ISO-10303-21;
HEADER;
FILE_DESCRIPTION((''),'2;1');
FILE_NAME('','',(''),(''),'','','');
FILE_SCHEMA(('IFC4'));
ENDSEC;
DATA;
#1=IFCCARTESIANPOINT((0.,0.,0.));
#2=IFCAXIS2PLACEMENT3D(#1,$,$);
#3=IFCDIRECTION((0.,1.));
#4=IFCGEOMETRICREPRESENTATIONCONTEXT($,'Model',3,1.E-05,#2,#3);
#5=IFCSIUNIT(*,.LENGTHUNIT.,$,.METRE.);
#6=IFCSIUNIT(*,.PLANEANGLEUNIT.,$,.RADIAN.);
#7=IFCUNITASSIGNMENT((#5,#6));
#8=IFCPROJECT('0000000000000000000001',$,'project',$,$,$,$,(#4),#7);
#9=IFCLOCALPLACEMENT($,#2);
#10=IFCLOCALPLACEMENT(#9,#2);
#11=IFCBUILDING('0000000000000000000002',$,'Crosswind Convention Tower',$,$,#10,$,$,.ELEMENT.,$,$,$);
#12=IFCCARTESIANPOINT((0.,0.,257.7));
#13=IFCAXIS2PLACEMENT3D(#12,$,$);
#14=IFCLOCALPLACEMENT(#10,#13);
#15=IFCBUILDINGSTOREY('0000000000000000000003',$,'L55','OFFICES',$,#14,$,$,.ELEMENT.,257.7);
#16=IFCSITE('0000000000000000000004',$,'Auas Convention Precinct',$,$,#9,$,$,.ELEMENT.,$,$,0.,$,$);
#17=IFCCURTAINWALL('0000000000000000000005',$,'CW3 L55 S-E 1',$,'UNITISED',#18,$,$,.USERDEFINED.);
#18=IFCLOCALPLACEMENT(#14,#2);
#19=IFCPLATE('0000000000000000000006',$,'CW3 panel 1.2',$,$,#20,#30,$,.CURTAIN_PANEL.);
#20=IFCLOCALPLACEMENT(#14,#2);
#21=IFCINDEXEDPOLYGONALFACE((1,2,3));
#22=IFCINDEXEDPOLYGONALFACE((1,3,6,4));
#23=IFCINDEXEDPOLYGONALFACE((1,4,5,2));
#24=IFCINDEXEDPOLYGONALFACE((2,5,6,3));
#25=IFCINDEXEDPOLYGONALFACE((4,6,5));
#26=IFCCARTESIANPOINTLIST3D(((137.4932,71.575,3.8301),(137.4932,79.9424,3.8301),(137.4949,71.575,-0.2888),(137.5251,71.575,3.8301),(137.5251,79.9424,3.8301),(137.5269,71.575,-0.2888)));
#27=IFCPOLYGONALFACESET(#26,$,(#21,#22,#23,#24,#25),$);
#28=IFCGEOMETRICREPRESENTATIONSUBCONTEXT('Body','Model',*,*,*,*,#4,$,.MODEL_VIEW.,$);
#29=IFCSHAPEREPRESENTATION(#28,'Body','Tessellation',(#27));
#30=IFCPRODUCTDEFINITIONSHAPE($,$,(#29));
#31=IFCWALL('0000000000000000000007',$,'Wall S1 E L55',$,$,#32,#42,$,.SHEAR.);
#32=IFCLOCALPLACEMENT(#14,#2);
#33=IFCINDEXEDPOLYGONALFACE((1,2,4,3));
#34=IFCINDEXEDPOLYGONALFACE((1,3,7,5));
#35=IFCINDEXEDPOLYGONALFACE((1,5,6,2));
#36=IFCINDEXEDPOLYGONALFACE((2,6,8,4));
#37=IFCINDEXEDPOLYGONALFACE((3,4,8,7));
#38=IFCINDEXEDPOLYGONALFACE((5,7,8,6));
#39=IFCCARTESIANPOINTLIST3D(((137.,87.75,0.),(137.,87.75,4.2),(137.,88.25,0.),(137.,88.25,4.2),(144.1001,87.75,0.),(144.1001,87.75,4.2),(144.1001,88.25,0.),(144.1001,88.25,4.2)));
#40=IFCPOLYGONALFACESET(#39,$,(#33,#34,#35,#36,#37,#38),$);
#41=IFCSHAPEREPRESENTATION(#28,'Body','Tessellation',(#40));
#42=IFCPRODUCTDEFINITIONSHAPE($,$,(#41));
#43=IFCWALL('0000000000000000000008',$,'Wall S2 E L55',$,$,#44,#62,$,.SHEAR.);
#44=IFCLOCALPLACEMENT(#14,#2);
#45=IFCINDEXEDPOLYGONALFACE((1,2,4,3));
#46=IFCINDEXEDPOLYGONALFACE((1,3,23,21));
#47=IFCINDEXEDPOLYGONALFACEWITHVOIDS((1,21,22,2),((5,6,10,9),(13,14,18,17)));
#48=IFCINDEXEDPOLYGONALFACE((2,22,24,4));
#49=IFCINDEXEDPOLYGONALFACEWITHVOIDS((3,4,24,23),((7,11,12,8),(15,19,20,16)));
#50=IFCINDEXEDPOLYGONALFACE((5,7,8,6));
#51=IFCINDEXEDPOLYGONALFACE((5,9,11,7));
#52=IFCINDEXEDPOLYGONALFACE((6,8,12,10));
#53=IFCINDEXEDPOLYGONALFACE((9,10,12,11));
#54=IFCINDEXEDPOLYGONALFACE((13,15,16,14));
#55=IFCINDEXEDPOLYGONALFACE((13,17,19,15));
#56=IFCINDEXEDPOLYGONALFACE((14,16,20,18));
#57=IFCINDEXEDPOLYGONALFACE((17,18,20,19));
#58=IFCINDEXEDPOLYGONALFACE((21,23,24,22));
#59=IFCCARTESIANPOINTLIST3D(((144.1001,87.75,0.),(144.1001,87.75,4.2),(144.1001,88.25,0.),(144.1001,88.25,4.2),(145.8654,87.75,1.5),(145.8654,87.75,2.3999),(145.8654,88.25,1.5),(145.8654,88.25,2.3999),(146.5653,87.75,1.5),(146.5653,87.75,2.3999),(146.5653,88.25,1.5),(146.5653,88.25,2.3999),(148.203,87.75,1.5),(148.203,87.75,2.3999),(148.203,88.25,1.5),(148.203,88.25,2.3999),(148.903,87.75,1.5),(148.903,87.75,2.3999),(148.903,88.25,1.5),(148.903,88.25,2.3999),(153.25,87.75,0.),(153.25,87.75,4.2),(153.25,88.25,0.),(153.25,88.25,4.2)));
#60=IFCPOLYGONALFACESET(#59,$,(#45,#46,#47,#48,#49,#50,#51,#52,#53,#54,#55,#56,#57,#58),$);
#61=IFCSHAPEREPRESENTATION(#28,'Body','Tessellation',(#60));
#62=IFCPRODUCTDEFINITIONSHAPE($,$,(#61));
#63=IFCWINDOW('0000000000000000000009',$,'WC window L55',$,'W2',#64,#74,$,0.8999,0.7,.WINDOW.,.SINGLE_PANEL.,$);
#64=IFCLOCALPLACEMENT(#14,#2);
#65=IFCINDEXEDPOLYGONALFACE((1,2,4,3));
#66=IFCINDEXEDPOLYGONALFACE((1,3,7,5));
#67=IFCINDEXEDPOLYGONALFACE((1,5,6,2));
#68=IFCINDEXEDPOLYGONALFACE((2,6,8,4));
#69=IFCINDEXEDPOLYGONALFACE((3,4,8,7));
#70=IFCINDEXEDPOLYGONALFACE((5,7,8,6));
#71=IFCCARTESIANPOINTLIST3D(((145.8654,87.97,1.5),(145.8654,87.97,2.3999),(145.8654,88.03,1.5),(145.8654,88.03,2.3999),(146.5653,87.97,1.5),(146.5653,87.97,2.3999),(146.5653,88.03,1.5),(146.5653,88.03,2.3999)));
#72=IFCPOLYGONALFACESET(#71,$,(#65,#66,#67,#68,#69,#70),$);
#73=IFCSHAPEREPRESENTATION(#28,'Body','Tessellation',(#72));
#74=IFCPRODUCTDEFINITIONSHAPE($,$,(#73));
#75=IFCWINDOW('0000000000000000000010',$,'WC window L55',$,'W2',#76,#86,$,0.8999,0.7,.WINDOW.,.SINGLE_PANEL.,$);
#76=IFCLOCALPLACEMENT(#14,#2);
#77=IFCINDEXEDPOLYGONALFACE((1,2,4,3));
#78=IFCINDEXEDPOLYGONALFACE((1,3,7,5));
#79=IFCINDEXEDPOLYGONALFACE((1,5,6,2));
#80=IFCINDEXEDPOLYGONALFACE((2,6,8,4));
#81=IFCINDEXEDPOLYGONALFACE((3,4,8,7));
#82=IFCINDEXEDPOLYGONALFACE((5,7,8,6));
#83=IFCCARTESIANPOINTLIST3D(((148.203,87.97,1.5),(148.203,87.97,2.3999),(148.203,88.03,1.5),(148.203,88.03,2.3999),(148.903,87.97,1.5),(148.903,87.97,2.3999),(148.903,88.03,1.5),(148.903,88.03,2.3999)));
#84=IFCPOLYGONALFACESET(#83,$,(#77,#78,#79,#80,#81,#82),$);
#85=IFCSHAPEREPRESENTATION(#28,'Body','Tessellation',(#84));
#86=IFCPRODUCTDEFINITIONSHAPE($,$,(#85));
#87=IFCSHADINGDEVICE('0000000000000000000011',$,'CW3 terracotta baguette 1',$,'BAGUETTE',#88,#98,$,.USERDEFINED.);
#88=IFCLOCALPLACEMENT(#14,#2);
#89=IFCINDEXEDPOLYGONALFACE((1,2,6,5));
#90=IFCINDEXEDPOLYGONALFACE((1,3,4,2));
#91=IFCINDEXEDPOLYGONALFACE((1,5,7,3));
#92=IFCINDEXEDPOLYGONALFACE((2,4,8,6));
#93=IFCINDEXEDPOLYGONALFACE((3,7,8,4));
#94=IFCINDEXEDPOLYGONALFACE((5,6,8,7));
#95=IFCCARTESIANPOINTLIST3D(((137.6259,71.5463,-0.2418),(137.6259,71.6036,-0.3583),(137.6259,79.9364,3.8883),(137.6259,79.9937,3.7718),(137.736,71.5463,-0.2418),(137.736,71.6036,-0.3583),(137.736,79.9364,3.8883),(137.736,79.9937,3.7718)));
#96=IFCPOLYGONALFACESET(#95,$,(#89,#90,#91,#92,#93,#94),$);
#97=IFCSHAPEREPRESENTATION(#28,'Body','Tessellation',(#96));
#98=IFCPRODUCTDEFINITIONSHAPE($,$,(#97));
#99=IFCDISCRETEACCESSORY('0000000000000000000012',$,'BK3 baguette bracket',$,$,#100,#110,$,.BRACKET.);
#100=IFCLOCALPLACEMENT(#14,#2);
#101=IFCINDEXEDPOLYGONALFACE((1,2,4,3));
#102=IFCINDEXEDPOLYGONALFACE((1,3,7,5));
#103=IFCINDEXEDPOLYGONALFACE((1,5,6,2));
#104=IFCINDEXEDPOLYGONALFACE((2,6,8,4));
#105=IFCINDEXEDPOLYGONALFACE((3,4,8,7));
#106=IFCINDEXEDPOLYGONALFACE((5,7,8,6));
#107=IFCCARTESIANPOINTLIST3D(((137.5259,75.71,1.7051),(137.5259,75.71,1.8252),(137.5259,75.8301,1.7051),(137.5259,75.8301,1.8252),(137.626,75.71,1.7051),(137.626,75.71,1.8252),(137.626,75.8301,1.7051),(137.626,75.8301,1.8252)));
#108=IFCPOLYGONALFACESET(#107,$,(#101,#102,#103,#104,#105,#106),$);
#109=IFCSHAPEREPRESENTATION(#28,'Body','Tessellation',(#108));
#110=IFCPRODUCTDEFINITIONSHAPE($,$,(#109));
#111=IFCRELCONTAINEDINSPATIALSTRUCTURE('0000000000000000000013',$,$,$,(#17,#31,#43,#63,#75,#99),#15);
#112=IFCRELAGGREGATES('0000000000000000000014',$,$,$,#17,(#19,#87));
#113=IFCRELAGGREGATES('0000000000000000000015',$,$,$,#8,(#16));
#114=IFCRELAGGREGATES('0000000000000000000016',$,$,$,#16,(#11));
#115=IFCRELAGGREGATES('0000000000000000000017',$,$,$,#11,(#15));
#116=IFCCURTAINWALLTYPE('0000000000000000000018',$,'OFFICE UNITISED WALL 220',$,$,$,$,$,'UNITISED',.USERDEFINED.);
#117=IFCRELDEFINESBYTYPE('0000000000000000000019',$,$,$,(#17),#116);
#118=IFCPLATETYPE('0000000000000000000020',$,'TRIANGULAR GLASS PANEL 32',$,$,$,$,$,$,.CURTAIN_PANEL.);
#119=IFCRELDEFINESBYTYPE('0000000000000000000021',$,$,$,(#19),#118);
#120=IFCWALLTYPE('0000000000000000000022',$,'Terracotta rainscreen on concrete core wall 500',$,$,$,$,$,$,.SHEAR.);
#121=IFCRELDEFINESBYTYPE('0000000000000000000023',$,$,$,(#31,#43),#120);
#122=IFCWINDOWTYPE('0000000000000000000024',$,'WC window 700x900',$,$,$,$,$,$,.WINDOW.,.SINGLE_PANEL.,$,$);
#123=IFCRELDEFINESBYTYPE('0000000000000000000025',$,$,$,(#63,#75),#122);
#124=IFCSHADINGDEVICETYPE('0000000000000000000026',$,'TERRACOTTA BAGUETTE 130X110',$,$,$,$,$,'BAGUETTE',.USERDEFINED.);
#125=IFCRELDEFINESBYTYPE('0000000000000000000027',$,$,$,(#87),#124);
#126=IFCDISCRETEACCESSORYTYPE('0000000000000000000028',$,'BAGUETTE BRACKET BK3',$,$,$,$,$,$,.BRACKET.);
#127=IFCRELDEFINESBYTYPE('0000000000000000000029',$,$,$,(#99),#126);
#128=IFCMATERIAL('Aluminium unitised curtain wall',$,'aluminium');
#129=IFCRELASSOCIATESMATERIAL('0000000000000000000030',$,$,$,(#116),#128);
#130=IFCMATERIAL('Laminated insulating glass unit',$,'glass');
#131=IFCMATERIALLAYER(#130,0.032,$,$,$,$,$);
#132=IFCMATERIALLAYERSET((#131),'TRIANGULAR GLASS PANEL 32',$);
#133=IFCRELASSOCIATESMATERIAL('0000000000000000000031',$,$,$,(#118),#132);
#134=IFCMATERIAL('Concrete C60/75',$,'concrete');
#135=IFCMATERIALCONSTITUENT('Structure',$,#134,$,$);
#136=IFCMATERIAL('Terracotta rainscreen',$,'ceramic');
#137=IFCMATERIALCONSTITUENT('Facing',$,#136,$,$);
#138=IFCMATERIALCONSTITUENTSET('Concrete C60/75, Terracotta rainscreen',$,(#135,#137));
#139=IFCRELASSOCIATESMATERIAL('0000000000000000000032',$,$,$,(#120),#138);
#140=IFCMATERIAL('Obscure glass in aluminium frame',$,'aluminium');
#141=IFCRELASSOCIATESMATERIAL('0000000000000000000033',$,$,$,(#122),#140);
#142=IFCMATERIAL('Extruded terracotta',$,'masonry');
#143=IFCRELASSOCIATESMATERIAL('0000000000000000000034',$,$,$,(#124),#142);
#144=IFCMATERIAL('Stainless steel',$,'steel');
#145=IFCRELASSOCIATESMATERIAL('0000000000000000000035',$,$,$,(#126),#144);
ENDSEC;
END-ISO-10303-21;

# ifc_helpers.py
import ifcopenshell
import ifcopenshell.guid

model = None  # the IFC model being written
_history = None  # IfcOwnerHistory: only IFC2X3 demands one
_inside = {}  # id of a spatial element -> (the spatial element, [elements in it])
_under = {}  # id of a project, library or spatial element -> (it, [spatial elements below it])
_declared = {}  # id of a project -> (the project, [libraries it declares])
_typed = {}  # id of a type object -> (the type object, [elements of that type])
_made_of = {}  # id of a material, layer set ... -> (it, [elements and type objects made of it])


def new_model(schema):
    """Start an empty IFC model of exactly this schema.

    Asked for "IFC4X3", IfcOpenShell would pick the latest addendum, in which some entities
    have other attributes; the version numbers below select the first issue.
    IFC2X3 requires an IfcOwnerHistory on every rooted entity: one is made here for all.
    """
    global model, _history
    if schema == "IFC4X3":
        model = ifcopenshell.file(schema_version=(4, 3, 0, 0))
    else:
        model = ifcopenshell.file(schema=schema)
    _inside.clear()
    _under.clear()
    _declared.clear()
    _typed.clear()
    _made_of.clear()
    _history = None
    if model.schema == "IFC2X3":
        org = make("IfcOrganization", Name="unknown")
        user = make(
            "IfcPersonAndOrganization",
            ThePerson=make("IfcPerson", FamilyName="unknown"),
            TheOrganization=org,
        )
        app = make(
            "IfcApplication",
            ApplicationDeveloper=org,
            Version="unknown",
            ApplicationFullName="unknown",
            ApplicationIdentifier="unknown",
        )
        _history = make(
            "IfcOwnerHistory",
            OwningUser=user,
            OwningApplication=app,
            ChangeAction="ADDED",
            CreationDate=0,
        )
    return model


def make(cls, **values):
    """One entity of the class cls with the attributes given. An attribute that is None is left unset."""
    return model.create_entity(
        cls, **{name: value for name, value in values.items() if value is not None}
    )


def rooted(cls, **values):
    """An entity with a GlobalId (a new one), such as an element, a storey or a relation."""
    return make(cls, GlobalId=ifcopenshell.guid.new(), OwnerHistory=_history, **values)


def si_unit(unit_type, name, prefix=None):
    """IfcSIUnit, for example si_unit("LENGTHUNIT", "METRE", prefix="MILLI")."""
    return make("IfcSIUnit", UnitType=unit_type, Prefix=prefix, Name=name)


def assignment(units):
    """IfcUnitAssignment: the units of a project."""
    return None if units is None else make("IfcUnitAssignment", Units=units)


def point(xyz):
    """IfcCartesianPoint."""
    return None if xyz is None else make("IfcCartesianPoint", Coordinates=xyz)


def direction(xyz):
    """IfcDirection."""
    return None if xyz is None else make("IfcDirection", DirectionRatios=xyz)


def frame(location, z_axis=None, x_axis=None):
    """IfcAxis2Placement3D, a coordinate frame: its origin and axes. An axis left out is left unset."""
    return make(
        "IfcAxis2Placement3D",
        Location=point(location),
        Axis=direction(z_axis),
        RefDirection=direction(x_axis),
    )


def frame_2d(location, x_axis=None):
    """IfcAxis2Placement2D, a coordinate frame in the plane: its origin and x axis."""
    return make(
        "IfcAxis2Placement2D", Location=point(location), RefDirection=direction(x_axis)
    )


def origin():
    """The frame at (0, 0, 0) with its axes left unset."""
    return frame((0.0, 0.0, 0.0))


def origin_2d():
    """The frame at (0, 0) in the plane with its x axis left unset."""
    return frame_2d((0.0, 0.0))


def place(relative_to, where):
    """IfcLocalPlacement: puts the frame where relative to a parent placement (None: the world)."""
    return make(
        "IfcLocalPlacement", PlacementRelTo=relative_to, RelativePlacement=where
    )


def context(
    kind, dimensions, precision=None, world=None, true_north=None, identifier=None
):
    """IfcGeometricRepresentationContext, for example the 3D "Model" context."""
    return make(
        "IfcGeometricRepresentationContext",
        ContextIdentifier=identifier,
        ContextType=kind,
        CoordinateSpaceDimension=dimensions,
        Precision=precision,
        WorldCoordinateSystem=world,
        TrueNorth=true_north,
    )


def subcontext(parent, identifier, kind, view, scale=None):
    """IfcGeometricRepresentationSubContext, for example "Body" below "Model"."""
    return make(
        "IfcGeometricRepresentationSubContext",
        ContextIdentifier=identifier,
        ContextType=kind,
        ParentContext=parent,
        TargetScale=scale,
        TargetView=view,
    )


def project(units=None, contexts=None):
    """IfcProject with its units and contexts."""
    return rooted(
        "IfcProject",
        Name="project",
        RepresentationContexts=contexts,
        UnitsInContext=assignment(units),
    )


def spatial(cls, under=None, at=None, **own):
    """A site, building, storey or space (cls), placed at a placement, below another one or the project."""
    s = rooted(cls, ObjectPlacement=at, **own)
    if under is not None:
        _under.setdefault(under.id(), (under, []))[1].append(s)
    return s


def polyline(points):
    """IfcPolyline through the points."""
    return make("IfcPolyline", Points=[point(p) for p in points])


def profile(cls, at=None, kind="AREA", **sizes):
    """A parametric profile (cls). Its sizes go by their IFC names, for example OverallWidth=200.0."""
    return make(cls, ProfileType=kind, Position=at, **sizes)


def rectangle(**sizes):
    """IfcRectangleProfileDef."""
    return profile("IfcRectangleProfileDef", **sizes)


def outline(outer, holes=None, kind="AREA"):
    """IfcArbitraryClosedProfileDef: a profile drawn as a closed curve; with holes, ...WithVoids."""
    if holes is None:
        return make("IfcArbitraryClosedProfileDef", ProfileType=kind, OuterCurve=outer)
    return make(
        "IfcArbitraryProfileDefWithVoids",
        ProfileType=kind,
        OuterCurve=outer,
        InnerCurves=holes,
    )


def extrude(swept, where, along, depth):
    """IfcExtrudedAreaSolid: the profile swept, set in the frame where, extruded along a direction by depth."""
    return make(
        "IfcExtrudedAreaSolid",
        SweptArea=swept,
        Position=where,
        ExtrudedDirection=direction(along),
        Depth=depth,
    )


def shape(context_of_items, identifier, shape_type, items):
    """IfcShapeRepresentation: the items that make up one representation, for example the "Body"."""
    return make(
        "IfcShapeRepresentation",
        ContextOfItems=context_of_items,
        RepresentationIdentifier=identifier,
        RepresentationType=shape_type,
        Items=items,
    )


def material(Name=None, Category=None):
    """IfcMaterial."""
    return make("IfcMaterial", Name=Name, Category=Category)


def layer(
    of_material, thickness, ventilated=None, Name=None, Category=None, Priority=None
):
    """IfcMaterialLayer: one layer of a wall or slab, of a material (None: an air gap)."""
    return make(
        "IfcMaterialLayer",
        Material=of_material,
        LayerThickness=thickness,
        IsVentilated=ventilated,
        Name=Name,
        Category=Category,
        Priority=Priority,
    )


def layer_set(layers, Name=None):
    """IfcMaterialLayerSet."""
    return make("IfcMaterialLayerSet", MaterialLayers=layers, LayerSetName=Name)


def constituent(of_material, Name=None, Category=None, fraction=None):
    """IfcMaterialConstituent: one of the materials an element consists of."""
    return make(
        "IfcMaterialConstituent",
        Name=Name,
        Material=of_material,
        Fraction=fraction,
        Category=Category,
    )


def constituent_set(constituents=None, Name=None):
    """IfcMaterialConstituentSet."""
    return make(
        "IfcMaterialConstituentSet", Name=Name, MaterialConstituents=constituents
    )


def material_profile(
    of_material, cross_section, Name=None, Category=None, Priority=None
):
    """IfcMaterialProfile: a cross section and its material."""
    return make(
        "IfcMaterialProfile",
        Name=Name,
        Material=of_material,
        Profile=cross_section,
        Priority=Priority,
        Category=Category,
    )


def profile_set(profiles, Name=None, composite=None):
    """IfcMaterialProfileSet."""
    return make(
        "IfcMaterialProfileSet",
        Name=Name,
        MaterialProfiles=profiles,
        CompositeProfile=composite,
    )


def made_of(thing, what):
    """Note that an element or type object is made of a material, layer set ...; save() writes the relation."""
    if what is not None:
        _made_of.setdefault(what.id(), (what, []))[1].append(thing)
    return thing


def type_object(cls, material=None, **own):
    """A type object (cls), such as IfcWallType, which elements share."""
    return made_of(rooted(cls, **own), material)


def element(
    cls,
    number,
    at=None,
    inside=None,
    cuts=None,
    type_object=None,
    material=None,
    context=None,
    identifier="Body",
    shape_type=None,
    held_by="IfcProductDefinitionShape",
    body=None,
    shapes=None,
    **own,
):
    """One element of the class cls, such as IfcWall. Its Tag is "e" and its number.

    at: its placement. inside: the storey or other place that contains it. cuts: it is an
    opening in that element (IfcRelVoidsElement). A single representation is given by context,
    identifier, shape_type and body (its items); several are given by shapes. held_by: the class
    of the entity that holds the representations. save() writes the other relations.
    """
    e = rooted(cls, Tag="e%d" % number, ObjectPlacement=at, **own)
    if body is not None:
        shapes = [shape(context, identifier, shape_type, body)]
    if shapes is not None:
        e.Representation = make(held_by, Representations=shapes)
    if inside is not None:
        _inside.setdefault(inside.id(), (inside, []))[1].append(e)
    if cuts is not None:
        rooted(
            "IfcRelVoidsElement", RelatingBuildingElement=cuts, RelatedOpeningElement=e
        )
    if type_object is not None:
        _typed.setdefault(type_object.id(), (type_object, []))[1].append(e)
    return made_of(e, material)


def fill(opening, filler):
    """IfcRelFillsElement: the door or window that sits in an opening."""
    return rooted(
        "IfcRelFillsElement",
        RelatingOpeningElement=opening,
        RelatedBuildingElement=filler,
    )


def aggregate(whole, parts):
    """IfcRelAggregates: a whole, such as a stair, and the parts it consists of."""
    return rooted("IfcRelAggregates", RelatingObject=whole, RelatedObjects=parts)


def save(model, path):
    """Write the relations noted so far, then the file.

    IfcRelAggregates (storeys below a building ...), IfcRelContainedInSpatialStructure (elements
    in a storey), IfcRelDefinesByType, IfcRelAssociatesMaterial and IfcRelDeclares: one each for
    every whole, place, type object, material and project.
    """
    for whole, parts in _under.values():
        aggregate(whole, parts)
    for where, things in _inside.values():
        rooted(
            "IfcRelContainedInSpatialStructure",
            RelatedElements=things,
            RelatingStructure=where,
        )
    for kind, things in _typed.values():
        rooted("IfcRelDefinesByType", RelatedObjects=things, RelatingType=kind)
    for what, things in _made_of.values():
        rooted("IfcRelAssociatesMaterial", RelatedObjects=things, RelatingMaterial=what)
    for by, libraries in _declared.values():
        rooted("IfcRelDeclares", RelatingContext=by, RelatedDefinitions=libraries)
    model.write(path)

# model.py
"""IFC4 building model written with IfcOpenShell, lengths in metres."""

from ifc_helpers import new_model, si_unit, direction, frame, frame_2d, origin, origin_2d, place, context, subcontext, project, spatial, polyline, rectangle, outline, extrude, material, layer, layer_set, constituent, constituent_set, material_profile, profile_set, type_object, element, fill, aggregate, save


model = new_model("IFC4")

# Units and contexts
model_context = context("Model", 3, precision=1e-05, world=origin(), true_north=direction((0.0, 1.0)))
body_context = subcontext(model_context, "Body", "Model", "MODEL_VIEW")
ifc_project = project(units=[si_unit("LENGTHUNIT", "METRE"), si_unit("PLANEANGLEUNIT", "RADIAN")], contexts=[model_context])

# Site, building, storey
site_placement = place(None, origin())
site = spatial("IfcSite", under=ifc_project, at=site_placement, Name="Auas Convention Precinct", CompositionType="ELEMENT", RefElevation=0.0)
building_placement = place(site_placement, origin())
building = spatial("IfcBuilding", under=site, at=building_placement, Name="Crosswind Convention Tower", CompositionType="ELEMENT")
storey_placement = place(building_placement, frame((0.0, 0.0, 257.7)))
storey = spatial("IfcBuildingStorey", under=building, at=storey_placement, Name="L55", Description="OFFICES", CompositionType="ELEMENT", Elevation=257.7)

# Shared definitions
ifc_material_1 = material(Name="Concrete C60/75", Category="concrete")

# Shared definitions
ifc_material_2 = material(Name="Aluminium unitised curtain wall", Category="aluminium")

# Curtain wall
curtain_wall_type_1 = type_object("IfcCurtainWallType", Name="OFFICE UNITISED WALL 220", ElementType="UNITISED", PredefinedType="USERDEFINED", material=ifc_material_2)
curtain_wall_1_placement = place(storey_placement, origin())
curtain_wall_1 = element("IfcCurtainWall", 1, at=curtain_wall_1_placement, inside=storey, type_object=curtain_wall_type_1, Name="CW3 L55 S-E 1", ObjectType="UNITISED", PredefinedType="USERDEFINED")

# Plate
ifc_material_3 = material(Name="Laminated insulating glass unit", Category="glass")
ifc_layer_1 = layer(ifc_material_3, 0.032)
ifc_layer_set_1 = layer_set([ifc_layer_1], Name="TRIANGULAR GLASS PANEL 32")
plate_type_1 = type_object("IfcPlateType", Name="TRIANGULAR GLASS PANEL 32", PredefinedType="CURTAIN_PANEL", material=ifc_layer_set_1)
plate_1_placement = place(storey_placement, frame((137.5251, 71.575, 3.8301), z_axis=(1.0, 0.0, 0.000415), x_axis=(0.000415, 0.0, -1.0)))
plate_1 = element("IfcPlate", 2, at=plate_1_placement, type_object=plate_type_1, Name="CW3 panel 1.2", PredefinedType="CURTAIN_PANEL", context=body_context, shape_type="SweptSolid", body=[
    extrude(outline(polyline([(0.0, 0.0), (4.1189, 0.0), (0.0, 8.3674), (0.0, 0.0)])), origin(), (0.0, 0.0, -1.0), 0.032),
])

# Wall
ifc_constituent_1 = constituent(ifc_material_1, Name="Structure")
ifc_material_4 = material(Name="Terracotta rainscreen", Category="ceramic")
ifc_constituent_2 = constituent(ifc_material_4, Name="Facing")
ifc_constituent_set = constituent_set(constituents=[ifc_constituent_1, ifc_constituent_2], Name="Concrete C60/75, Terracotta rainscreen")
wall_type = type_object("IfcWallType", Name="Terracotta rainscreen on concrete core wall 500", PredefinedType="SHEAR", material=ifc_constituent_set)
wall_1_placement = place(storey_placement, frame((137.0, 88.0, 0.0), z_axis=(0.0, 0.0, 1.0), x_axis=(1.0, 0.0, 0.0)))
element("IfcWall", 3, at=wall_1_placement, inside=storey, type_object=wall_type, Name="Wall S1 E L55", PredefinedType="SHEAR", context=body_context, shape_type="SweptSolid", body=[
    extrude(rectangle(XDim=7.1001, YDim=0.5, at=frame_2d((3.55, 0.0))), origin(), (0.0, 0.0, 1.0), 4.2),
])

# Wall, openings, windows
wall_2_placement = place(storey_placement, frame((144.1001, 88.0, 0.0), z_axis=(0.0, 0.0, 1.0), x_axis=(1.0, 0.0, 0.0)))
wall_2 = element("IfcWall", 4, at=wall_2_placement, inside=storey, type_object=wall_type, Name="Wall S2 E L55", PredefinedType="SHEAR", context=body_context, shape_type="SweptSolid", body=[
    extrude(rectangle(XDim=9.1499, YDim=0.5, at=frame_2d((4.575, 0.0))), origin(), (0.0, 0.0, 1.0), 4.2),
])
opening_1_placement = place(wall_2_placement, frame((1.7651, 0.0, 1.5)))
opening_1 = element("IfcOpeningElement", 5, at=opening_1_placement, cuts=wall_2, PredefinedType="OPENING", context=body_context, shape_type="SweptSolid", body=[
    extrude(rectangle(XDim=0.7, YDim=0.8999, at=frame_2d((0.3501, 0.45))), frame((0.0, 0.26, 0.0), z_axis=(0.0, -1.0, 0.0), x_axis=(1.0, 0.0, 0.0)), (0.0, 0.0, 1.0), 0.52),
])
opening_2_placement = place(wall_2_placement, frame((4.1028, 0.0, 1.5)))
opening_2 = element("IfcOpeningElement", 6, at=opening_2_placement, cuts=wall_2, PredefinedType="OPENING", context=body_context, shape_type="SweptSolid", body=[
    extrude(rectangle(XDim=0.7, YDim=0.8999, at=frame_2d((0.3501, 0.45))), frame((0.0, 0.26, 0.0), z_axis=(0.0, -1.0, 0.0), x_axis=(1.0, 0.0, 0.0)), (0.0, 0.0, 1.0), 0.52),
])
ifc_material_5 = material(Name="Obscure glass in aluminium frame", Category="aluminium")
window_type = type_object("IfcWindowType", Name="WC window 700x900", PartitioningType="SINGLE_PANEL", PredefinedType="WINDOW", material=ifc_material_5)
window_1_placement = place(opening_1_placement, origin())
window_1 = element("IfcWindow", 7, at=window_1_placement, inside=storey, type_object=window_type, Name="WC window L55", ObjectType="W2", OverallHeight=0.8999, OverallWidth=0.7, PartitioningType="SINGLE_PANEL", PredefinedType="WINDOW", context=body_context, shape_type="SweptSolid", body=[
    extrude(rectangle(XDim=0.7, YDim=0.8999, at=frame_2d((0.3501, 0.45))), frame((0.0, 0.03, 0.0), z_axis=(0.0, -1.0, 0.0), x_axis=(1.0, 0.0, 0.0)), (0.0, 0.0, 1.0), 0.0601),
])
fill(opening_1, window_1)
window_2_placement = place(opening_2_placement, origin())
window_2 = element("IfcWindow", 8, at=window_2_placement, inside=storey, type_object=window_type, Name="WC window L55", ObjectType="W2", OverallHeight=0.8999, OverallWidth=0.7, PartitioningType="SINGLE_PANEL", PredefinedType="WINDOW", context=body_context, shape_type="SweptSolid", body=[
    extrude(rectangle(XDim=0.7, YDim=0.8999, at=frame_2d((0.3501, 0.45))), frame((0.0, 0.03, 0.0), z_axis=(0.0, -1.0, 0.0), x_axis=(1.0, 0.0, 0.0)), (0.0, 0.0, 1.0), 0.0601),
])
fill(opening_2, window_2)

# Shading device
ifc_material_6 = material(Name="Extruded terracotta", Category="masonry")
ifc_material_profile_1 = material_profile(ifc_material_6, rectangle(XDim=0.1101, YDim=0.1299, at=origin_2d()), Name="TC 110X130")
ifc_profile_set_1 = profile_set([ifc_material_profile_1], Name="Extruded terracotta")
shading_device_type = type_object("IfcShadingDeviceType", Name="TERRACOTTA BAGUETTE 130X110", ElementType="BAGUETTE", PredefinedType="USERDEFINED", material=ifc_profile_set_1)
shading_device_placement = place(storey_placement, frame((137.6809, 71.575, -0.3), z_axis=(0.0, 0.897188, 0.441649), x_axis=(-1.0, 0.0, 0.0)))
shading_device = element("IfcShadingDevice", 9, at=shading_device_placement, type_object=shading_device_type, Name="CW3 terracotta baguette 1", ObjectType="BAGUETTE", PredefinedType="USERDEFINED", context=body_context, shape_type="SweptSolid", body=[
    extrude(rectangle(XDim=0.1101, YDim=0.1299, at=origin_2d()), origin(), (0.0, 0.0, 1.0), 9.3516),
])
aggregate(curtain_wall_1, [plate_1, shading_device])

# Discrete accessory
ifc_material_7 = material(Name="Stainless steel", Category="steel")
discrete_accessory_type = type_object("IfcDiscreteAccessoryType", Name="BAGUETTE BRACKET BK3", PredefinedType="BRACKET", material=ifc_material_7)
discrete_accessory_placement = place(storey_placement, frame((137.5759, 75.77, 1.7051), z_axis=(0.0, 0.0, 1.0), x_axis=(0.0, 1.0, 0.0)))
element("IfcDiscreteAccessory", 10, at=discrete_accessory_placement, inside=storey, type_object=discrete_accessory_type, Name="BK3 baguette bracket", PredefinedType="BRACKET", context=body_context, shape_type="SweptSolid", body=[
    extrude(rectangle(XDim=0.1201, YDim=0.1001, at=origin_2d()), origin(), (0.0, 0.0, 1.0), 0.1201),
])

save(model, "model.ifc")
